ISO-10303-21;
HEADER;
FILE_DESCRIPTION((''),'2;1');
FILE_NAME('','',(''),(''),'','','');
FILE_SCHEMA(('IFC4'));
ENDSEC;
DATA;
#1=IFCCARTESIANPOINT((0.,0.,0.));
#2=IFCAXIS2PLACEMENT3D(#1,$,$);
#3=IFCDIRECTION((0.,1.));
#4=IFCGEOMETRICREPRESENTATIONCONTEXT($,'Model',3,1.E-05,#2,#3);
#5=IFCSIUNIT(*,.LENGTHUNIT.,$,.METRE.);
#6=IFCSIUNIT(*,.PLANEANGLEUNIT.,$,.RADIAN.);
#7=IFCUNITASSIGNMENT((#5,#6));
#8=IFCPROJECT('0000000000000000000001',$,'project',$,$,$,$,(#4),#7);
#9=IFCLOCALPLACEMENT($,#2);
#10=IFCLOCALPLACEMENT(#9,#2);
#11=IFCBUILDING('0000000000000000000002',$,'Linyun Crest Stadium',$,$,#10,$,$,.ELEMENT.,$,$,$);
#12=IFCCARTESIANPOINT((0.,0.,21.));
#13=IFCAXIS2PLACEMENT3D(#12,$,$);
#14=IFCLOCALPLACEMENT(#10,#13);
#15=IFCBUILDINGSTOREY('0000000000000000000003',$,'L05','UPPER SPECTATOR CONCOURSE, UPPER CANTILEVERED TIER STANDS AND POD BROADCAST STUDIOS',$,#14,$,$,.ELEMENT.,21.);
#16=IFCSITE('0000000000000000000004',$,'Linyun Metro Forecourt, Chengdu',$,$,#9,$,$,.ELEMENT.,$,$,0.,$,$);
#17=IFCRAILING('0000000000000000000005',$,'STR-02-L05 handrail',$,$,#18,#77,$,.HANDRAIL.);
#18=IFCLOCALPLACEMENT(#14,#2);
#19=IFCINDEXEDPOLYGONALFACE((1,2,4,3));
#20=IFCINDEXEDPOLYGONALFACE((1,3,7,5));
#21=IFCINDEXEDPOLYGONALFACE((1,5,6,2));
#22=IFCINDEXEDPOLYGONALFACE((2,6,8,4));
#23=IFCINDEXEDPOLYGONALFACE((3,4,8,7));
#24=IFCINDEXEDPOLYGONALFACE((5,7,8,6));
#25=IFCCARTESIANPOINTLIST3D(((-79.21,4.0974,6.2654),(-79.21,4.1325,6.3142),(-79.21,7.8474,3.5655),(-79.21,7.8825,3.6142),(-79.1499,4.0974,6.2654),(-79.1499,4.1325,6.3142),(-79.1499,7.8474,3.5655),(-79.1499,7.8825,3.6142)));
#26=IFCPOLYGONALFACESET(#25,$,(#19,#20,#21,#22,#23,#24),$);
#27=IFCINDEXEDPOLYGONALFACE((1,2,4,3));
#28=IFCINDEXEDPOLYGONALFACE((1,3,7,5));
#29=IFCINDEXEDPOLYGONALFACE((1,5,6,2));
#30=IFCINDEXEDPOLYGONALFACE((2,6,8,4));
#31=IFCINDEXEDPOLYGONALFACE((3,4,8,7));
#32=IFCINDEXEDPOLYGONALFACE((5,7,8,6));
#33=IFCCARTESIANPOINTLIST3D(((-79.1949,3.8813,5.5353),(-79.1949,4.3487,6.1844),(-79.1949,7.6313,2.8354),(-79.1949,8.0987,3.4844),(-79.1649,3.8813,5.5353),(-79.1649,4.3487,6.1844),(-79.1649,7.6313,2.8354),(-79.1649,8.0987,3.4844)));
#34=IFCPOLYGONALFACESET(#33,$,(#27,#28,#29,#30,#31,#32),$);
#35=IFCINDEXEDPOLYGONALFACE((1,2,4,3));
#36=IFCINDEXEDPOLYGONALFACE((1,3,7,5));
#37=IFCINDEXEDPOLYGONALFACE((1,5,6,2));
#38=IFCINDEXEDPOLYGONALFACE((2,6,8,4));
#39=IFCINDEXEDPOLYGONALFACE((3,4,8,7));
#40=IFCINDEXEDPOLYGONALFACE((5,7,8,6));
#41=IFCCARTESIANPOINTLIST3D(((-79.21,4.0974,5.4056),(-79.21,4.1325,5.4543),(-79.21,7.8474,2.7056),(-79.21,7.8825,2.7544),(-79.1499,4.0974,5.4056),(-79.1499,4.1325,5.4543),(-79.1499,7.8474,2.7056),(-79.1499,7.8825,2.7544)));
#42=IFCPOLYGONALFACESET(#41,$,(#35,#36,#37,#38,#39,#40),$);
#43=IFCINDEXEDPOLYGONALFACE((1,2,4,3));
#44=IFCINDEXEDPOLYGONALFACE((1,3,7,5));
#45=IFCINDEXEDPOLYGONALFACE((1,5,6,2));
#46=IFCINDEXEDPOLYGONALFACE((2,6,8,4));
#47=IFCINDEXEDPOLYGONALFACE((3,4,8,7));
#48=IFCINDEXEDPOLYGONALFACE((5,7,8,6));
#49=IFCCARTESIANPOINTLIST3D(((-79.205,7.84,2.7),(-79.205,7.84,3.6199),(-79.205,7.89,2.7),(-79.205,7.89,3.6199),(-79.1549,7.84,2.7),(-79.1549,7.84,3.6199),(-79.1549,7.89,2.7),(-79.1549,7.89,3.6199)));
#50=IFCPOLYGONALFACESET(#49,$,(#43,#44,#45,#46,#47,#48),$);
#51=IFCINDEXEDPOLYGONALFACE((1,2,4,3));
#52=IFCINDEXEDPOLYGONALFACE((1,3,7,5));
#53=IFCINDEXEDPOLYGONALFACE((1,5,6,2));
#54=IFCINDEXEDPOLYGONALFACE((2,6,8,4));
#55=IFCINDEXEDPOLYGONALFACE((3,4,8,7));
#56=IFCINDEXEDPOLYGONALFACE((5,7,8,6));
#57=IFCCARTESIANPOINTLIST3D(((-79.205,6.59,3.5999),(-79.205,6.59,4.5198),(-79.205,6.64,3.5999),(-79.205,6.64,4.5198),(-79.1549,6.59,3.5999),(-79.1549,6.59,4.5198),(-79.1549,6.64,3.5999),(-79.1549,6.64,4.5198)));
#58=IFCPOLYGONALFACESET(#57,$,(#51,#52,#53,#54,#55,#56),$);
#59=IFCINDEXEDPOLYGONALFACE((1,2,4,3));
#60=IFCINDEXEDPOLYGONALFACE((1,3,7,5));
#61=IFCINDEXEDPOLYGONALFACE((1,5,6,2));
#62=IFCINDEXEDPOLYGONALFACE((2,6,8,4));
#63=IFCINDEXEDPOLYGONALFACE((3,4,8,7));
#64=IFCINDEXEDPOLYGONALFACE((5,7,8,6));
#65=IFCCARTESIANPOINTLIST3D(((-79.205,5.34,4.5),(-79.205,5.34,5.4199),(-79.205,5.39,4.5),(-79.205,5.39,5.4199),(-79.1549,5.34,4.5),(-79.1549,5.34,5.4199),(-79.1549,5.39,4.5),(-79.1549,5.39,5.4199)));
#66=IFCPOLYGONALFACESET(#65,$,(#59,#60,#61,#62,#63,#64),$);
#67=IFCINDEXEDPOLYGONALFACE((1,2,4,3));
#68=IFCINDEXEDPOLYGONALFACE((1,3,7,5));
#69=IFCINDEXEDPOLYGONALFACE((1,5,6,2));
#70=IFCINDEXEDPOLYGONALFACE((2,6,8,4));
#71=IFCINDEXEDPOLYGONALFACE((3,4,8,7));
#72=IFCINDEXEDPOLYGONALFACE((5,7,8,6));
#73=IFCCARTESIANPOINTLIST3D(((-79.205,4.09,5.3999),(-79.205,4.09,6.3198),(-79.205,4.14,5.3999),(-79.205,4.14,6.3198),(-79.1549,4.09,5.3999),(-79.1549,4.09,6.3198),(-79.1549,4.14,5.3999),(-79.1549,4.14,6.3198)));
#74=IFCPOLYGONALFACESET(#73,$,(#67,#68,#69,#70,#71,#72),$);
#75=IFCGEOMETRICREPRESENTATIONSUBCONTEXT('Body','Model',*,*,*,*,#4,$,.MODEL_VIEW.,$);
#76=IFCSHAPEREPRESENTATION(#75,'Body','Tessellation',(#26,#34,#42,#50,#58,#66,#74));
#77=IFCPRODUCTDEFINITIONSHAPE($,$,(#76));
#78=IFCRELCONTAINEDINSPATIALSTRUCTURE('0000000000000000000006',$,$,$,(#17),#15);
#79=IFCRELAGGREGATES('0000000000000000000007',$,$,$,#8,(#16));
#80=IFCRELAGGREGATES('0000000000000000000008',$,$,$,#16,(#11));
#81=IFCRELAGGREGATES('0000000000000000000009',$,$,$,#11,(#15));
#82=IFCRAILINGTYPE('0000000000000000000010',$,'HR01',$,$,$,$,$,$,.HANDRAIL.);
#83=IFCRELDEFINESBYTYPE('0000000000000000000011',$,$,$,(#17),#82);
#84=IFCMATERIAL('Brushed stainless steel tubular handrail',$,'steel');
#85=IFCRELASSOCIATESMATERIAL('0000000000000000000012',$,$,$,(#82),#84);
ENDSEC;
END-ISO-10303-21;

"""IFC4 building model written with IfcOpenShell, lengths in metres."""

from ifc_helpers import new_model, si_unit, direction, frame, origin, origin_2d, place, context, subcontext, project, spatial, rectangle, extrude, material, type_object, element, save


model = new_model("IFC4")

# Units and contexts
model_context = context("Model", 3, precision=1e-05, world=origin(), true_north=direction((0.0, 1.0)))
body_context = subcontext(model_context, "Body", "Model", "MODEL_VIEW")
ifc_project = project(units=[si_unit("LENGTHUNIT", "METRE"), si_unit("PLANEANGLEUNIT", "RADIAN")], contexts=[model_context])

# Site, building, storey
site_placement = place(None, origin())
site = spatial("IfcSite", under=ifc_project, at=site_placement, Name="Linyun Metro Forecourt, Chengdu", CompositionType="ELEMENT", RefElevation=0.0)
building_placement = place(site_placement, origin())
building = spatial("IfcBuilding", under=site, at=building_placement, Name="Linyun Crest Stadium", CompositionType="ELEMENT")
storey_placement = place(building_placement, frame((0.0, 0.0, 21.0)))
storey = spatial("IfcBuildingStorey", under=building, at=storey_placement, Name="L05", Description="UPPER SPECTATOR CONCOURSE, UPPER CANTILEVERED TIER STANDS AND POD BROADCAST STUDIOS", CompositionType="ELEMENT", Elevation=21.0)

# Railing
ifc_material_1 = material(Name="Brushed stainless steel tubular handrail", Category="steel")
railing_type_1 = type_object("IfcRailingType", Name="HR01", PredefinedType="HANDRAIL", material=ifc_material_1)
railing_1_placement = place(storey_placement, frame((-79.1799, 7.865, 2.7)))
element("IfcRailing", 1, at=railing_1_placement, inside=storey, type_object=railing_type_1, Name="STR-02-L05 handrail", PredefinedType="HANDRAIL", context=body_context, shape_type="SweptSolid", body=[
    extrude(rectangle(XDim=0.0601, YDim=0.0601, at=origin_2d()), frame((0.0, 0.0, 0.8899), z_axis=(0.0, -0.811539, 0.584298), x_axis=(1.0, 0.0, 0.0)), (0.0, 0.0, 1.0), 4.6208),
    extrude(rectangle(XDim=0.03, YDim=0.7998, at=origin_2d()), frame((0.0, 0.0, 0.46), z_axis=(0.0, -0.811539, 0.584298), x_axis=(1.0, 0.0, 0.0)), (0.0, 0.0, 1.0), 4.6208),
    extrude(rectangle(XDim=0.0601, YDim=0.0601, at=origin_2d()), frame((0.0, 0.0, 0.03), z_axis=(0.0, -0.811539, 0.584298), x_axis=(1.0, 0.0, 0.0)), (0.0, 0.0, 1.0), 4.6208),
    extrude(rectangle(XDim=0.05, YDim=0.05, at=origin_2d()), origin(), (0.0, 0.0, 1.0), 0.9199),
    extrude(rectangle(XDim=0.05, YDim=0.05, at=origin_2d()), frame((0.0, -1.25, 0.8999)), (0.0, 0.0, 1.0), 0.9199),
    extrude(rectangle(XDim=0.05, YDim=0.05, at=origin_2d()), frame((0.0, -2.5, 1.8)), (0.0, 0.0, 1.0), 0.9199),
    extrude(rectangle(XDim=0.05, YDim=0.05, at=origin_2d()), frame((0.0, -3.75, 2.7)), (0.0, 0.0, 1.0), 0.9199),
])

save(model, "model.ifc")
